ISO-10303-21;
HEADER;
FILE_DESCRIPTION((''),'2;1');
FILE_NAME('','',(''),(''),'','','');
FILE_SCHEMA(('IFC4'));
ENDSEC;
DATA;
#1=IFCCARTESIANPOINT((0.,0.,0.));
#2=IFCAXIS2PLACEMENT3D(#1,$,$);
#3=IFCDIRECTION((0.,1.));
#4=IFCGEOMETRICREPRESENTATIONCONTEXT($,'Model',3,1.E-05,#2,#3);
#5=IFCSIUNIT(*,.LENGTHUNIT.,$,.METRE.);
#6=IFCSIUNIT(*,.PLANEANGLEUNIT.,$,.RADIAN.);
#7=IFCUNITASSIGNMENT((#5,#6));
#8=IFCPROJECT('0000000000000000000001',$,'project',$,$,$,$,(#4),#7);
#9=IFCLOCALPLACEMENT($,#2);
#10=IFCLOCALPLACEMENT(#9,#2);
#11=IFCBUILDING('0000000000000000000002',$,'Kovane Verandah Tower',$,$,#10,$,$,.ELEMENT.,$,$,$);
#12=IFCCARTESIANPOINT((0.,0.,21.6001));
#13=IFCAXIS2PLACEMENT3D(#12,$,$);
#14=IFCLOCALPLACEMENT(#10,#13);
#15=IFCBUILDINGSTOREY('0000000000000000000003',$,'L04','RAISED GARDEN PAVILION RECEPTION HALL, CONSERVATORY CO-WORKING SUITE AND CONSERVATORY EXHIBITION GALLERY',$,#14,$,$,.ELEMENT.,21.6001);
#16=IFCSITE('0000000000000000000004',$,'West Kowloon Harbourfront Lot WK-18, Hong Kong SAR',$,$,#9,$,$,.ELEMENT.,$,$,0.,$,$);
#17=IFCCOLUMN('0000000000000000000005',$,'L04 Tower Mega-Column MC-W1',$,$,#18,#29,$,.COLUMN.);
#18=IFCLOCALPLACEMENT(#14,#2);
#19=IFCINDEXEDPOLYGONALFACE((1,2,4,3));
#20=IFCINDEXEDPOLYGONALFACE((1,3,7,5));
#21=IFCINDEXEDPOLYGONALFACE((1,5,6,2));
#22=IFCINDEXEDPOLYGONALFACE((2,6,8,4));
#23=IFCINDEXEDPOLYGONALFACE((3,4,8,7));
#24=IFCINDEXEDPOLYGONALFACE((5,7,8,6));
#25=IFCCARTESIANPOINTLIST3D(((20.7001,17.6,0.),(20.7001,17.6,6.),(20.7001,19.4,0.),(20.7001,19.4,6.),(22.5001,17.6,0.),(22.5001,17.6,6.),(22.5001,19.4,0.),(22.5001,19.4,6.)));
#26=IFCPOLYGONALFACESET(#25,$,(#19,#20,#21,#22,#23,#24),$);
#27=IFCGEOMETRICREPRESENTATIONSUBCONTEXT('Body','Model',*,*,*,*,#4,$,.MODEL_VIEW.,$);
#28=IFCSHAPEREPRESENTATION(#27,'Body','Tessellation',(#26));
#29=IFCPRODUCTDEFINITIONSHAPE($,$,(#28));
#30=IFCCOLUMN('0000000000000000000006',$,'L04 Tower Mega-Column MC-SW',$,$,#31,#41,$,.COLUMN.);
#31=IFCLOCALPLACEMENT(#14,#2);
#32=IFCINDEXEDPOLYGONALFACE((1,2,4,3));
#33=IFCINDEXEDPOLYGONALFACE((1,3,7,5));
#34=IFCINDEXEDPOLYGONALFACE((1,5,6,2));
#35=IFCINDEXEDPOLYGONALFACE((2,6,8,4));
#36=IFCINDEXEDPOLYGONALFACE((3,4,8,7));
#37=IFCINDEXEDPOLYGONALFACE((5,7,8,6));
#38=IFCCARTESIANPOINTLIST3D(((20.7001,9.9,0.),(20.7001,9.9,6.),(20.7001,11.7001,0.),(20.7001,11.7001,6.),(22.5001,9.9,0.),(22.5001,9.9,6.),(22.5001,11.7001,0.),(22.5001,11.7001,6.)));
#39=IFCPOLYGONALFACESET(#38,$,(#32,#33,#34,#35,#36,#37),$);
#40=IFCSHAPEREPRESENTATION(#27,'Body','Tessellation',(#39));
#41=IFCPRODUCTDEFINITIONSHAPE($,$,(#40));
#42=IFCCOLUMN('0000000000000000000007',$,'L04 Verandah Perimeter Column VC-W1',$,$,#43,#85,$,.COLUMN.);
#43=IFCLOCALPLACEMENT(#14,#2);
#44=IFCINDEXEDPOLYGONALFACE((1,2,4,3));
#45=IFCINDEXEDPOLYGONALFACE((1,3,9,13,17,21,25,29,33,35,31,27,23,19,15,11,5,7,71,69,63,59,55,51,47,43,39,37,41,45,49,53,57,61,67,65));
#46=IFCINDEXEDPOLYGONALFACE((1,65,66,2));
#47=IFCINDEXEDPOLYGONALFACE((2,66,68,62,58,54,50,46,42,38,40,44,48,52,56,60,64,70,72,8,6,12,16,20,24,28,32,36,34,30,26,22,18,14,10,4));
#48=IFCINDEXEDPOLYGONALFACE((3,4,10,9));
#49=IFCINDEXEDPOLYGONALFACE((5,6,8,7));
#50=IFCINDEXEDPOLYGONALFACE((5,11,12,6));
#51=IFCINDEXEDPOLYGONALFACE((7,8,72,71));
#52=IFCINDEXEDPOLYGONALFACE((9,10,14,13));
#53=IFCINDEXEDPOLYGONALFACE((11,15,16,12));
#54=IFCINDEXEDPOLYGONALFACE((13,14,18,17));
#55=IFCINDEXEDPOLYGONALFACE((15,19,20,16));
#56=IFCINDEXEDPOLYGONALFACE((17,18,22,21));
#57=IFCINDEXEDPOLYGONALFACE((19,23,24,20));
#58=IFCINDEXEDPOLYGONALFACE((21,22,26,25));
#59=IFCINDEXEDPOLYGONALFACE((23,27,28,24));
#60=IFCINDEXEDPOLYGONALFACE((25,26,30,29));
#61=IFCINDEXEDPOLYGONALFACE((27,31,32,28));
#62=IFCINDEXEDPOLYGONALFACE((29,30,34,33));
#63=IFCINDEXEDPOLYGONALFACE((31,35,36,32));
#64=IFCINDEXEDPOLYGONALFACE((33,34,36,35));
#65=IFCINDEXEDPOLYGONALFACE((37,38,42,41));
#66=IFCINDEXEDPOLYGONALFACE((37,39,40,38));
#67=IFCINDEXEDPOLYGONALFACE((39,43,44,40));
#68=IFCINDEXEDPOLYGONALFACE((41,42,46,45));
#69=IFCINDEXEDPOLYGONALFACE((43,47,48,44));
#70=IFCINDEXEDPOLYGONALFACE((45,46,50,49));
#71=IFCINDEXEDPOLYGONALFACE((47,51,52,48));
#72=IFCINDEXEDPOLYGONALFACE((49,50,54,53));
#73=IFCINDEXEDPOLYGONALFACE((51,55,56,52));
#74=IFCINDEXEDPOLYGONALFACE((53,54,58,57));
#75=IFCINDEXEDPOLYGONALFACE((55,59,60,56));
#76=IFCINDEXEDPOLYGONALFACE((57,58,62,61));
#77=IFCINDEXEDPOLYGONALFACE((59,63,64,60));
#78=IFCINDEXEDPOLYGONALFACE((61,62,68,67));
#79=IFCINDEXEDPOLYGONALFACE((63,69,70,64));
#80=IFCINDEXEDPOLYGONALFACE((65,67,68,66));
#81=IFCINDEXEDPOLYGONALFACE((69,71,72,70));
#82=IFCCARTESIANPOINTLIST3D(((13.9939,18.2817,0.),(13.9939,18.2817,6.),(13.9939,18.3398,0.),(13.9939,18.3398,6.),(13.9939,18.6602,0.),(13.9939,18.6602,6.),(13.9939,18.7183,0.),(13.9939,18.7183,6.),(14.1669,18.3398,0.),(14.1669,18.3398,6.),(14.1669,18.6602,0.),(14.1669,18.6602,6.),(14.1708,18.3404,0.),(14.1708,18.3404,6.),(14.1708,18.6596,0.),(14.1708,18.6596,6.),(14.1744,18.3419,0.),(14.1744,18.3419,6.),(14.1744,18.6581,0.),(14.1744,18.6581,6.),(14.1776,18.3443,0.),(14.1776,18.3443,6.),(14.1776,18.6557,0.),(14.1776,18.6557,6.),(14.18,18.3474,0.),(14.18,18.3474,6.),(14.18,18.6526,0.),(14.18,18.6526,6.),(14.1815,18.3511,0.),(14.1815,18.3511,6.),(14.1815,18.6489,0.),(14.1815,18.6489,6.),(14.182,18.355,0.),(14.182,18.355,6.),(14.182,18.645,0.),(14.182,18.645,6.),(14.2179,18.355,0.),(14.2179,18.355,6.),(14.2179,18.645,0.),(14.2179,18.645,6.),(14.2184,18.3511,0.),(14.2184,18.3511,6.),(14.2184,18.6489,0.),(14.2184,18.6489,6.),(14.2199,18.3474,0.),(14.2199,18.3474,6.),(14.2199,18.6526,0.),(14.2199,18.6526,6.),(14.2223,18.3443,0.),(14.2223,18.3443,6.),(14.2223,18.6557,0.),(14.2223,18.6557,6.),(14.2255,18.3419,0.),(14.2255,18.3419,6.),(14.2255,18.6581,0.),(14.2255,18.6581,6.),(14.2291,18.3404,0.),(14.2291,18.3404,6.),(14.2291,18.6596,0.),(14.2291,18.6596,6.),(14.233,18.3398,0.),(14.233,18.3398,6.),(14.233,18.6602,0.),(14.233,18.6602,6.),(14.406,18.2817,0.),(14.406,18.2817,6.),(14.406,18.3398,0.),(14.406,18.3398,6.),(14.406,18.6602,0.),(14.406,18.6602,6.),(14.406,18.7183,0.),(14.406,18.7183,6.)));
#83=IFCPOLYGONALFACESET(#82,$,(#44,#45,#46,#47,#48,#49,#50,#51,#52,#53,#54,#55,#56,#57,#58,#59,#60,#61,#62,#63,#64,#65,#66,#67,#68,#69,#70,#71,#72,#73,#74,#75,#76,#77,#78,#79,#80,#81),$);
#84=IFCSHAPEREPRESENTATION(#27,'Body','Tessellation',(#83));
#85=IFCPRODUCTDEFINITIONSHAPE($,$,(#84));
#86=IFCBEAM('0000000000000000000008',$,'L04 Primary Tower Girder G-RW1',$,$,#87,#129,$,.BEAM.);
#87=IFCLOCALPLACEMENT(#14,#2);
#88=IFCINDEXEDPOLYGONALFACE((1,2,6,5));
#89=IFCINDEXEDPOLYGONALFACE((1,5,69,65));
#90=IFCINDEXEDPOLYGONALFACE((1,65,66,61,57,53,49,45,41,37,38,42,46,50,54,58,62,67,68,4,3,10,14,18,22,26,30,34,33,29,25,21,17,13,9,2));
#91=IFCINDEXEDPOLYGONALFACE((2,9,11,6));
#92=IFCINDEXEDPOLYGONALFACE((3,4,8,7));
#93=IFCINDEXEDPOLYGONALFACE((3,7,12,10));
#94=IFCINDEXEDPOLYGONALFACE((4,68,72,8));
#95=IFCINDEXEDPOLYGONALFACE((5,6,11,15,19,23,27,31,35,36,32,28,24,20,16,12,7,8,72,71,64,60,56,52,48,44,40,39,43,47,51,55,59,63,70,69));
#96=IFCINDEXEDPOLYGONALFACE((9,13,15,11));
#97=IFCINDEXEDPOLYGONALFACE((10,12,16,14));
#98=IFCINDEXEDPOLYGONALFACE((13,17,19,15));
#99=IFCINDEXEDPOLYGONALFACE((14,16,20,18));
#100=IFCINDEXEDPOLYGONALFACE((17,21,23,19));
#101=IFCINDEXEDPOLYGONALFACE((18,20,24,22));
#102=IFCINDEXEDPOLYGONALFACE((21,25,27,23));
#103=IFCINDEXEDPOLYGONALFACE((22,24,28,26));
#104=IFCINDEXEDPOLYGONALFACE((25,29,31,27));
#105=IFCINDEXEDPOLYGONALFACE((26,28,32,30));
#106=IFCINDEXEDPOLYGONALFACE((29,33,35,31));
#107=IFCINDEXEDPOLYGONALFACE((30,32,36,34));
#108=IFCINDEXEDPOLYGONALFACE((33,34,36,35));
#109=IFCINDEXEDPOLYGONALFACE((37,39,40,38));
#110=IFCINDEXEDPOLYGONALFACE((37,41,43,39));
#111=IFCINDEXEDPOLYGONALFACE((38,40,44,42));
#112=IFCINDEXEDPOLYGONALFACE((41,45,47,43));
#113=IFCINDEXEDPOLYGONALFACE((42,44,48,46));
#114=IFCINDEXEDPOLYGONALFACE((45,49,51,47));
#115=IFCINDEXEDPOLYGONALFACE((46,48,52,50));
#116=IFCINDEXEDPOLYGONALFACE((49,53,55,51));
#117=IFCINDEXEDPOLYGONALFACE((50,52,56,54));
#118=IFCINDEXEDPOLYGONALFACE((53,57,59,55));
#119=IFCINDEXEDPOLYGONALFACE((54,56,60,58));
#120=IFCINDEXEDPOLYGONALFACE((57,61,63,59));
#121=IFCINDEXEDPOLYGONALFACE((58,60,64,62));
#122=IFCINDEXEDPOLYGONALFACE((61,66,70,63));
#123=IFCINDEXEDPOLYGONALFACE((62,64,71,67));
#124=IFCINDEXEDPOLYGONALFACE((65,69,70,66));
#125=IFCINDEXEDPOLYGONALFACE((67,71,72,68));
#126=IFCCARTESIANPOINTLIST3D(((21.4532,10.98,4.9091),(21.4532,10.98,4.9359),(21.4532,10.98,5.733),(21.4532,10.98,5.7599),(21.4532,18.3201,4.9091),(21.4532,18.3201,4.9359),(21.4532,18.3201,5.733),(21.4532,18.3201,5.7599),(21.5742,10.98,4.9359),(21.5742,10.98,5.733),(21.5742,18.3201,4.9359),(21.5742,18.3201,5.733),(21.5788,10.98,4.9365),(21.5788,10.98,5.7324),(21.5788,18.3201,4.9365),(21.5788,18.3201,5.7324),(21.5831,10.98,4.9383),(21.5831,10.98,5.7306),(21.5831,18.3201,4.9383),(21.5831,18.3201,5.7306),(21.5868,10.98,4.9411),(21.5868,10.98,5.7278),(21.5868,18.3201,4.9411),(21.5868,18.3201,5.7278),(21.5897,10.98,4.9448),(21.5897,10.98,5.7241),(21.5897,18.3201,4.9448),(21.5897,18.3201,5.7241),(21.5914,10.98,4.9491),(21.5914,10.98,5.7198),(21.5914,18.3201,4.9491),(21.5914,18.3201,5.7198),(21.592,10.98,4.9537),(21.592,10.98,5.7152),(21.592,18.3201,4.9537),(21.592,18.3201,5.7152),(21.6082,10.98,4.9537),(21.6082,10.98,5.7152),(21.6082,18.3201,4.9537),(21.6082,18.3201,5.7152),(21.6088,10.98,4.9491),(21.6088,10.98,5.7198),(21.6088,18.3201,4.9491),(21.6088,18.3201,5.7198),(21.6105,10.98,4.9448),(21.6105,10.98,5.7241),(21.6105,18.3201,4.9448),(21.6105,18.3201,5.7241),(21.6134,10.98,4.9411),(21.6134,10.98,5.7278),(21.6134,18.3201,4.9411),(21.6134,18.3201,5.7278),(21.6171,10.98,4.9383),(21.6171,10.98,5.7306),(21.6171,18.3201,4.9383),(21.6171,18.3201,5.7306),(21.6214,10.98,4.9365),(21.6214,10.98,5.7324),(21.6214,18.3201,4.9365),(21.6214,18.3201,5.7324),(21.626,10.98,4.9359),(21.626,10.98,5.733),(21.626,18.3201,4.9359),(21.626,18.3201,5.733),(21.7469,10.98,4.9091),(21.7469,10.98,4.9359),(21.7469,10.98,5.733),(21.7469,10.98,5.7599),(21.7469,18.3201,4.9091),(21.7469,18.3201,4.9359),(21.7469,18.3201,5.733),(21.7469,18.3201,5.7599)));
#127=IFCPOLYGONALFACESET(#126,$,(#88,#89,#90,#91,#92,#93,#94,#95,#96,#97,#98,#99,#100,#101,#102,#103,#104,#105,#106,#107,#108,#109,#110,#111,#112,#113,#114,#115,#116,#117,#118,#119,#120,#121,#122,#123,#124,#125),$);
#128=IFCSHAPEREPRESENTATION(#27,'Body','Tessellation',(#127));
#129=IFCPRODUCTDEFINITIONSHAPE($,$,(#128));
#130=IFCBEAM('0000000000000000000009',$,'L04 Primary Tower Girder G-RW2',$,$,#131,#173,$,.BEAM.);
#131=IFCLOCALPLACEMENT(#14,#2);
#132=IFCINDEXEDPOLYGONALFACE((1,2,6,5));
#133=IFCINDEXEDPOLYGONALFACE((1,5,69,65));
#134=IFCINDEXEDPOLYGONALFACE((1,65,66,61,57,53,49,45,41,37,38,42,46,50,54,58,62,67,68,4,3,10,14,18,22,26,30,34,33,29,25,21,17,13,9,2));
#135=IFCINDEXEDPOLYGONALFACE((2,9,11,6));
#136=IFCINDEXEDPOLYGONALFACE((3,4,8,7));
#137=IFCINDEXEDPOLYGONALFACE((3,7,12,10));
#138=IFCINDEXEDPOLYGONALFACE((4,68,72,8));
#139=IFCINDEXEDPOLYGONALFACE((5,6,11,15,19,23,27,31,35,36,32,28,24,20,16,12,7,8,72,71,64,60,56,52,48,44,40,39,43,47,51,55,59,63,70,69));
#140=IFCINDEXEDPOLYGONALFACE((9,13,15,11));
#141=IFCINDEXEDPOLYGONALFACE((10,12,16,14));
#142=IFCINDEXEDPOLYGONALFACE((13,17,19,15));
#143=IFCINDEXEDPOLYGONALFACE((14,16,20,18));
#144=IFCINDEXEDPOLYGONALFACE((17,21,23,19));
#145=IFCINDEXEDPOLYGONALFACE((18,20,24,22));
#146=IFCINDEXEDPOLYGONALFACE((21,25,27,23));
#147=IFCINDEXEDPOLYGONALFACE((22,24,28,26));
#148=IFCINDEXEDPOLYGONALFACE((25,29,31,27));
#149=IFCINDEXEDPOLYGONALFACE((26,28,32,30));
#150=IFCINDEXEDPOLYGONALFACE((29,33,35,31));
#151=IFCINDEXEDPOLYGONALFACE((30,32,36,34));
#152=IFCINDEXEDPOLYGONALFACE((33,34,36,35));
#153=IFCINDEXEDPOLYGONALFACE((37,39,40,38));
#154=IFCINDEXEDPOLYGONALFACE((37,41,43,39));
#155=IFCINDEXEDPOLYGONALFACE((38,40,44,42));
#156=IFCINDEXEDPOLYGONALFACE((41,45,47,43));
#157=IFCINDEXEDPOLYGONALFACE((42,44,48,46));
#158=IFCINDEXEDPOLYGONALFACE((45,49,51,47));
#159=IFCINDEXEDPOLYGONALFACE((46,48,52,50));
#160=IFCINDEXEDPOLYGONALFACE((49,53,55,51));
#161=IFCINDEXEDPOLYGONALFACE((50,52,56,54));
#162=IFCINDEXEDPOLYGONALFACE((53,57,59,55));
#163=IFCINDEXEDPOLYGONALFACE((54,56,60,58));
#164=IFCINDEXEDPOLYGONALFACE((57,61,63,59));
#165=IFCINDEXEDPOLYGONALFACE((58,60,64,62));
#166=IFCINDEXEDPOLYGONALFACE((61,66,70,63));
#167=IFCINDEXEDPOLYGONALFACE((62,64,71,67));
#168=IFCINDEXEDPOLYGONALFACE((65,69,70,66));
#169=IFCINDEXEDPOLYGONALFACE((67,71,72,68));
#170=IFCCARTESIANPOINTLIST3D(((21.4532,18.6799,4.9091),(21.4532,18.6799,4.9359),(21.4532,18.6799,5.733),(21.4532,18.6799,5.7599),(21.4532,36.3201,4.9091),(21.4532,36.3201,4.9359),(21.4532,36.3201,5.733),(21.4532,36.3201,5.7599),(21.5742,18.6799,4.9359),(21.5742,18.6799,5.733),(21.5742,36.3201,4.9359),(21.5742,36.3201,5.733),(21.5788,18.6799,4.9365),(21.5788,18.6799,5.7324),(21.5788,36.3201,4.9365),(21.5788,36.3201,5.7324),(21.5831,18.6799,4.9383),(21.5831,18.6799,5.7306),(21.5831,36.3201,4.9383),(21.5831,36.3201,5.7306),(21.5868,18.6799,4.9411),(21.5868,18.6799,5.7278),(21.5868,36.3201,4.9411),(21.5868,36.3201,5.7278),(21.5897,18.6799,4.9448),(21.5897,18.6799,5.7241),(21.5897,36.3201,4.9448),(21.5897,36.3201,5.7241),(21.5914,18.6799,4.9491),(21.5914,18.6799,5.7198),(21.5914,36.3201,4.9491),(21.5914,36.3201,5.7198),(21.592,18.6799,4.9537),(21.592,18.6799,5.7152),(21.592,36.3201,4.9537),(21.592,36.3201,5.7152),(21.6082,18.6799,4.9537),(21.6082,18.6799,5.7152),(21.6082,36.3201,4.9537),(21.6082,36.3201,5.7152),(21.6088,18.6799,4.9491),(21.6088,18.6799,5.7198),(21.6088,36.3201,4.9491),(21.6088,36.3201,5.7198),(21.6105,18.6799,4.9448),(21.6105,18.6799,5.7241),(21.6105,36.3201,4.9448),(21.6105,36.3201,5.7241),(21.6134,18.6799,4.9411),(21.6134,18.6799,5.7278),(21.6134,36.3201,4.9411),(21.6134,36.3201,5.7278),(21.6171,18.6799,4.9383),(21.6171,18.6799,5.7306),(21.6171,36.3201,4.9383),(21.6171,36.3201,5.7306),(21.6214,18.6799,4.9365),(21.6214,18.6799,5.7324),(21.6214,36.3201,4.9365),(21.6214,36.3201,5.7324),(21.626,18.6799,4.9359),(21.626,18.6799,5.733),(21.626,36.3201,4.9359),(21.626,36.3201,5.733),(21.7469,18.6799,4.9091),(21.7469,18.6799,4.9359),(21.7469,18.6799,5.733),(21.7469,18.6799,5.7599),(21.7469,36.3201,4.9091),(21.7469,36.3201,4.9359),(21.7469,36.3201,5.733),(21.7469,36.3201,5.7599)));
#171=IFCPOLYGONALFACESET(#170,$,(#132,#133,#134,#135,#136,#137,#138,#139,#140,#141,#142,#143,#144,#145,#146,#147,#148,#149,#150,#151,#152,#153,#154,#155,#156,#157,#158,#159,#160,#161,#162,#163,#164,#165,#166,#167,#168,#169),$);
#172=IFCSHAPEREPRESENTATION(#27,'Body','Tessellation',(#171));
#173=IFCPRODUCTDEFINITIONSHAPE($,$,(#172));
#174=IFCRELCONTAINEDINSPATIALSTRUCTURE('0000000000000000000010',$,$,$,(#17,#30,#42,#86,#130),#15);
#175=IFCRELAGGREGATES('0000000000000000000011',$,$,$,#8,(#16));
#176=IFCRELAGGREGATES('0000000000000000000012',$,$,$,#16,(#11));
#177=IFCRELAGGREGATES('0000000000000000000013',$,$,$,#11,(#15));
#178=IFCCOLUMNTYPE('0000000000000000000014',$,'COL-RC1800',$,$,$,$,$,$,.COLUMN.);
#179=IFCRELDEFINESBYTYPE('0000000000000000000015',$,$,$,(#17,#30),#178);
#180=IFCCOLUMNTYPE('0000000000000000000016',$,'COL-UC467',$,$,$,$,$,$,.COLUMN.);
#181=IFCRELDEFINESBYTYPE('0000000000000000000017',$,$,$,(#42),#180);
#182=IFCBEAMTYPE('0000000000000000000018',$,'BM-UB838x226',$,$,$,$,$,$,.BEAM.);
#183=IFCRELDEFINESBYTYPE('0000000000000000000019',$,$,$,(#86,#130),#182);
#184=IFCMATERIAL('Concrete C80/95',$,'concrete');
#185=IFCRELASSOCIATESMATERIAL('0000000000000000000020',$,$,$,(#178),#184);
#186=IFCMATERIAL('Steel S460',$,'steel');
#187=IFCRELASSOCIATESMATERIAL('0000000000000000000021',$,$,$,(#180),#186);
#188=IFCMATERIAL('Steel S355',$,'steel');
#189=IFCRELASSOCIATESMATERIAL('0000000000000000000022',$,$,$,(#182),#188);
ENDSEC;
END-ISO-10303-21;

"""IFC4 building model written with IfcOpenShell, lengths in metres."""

from ifc_helpers import new_model, si_unit, direction, frame, origin, origin_2d, place, context, subcontext, project, spatial, rectangle, i_section, extrude, material, material_profile, profile_set, type_object, element, save


model = new_model("IFC4")

# Units and contexts
model_context = context("Model", 3, precision=1e-05, world=origin(), true_north=direction((0.0, 1.0)))
body_context = subcontext(model_context, "Body", "Model", "MODEL_VIEW")
ifc_project = project(units=[si_unit("LENGTHUNIT", "METRE"), si_unit("PLANEANGLEUNIT", "RADIAN")], contexts=[model_context])

# Site, building, storey
site_placement = place(None, origin())
site = spatial("IfcSite", under=ifc_project, at=site_placement, Name="West Kowloon Harbourfront Lot WK-18, Hong Kong SAR", CompositionType="ELEMENT", RefElevation=0.0)
building_placement = place(site_placement, origin())
building = spatial("IfcBuilding", under=site, at=building_placement, Name="Kovane Verandah Tower", CompositionType="ELEMENT")
storey_placement = place(building_placement, frame((0.0, 0.0, 21.6001)))
storey = spatial("IfcBuildingStorey", under=building, at=storey_placement, Name="L04", Description="RAISED GARDEN PAVILION RECEPTION HALL, CONSERVATORY CO-WORKING SUITE AND CONSERVATORY EXHIBITION GALLERY", CompositionType="ELEMENT", Elevation=21.6001)

# Columns
ifc_material_1 = material(Name="Concrete C80/95", Category="concrete")
ifc_material_profile_1 = material_profile(ifc_material_1, rectangle(XDim=1.8, YDim=1.8, at=origin_2d()), Name="RC1800x1800")
ifc_profile_set_1 = profile_set([ifc_material_profile_1], Name="Concrete C80/95")
column_type_1 = type_object("IfcColumnType", Name="COL-RC1800", PredefinedType="COLUMN", material=ifc_profile_set_1)
for number, where, z_axis, x_axis, name in (
    (1, (21.6001, 18.5, 0.0), (0.0, 0.0, 1.0), (1.0, 0.0, 0.0), "L04 Tower Mega-Column MC-W1"),
    (2, (21.6001, 10.8, 0.0), (0.0, 0.0, 1.0), (1.0, 0.0, 0.0), "L04 Tower Mega-Column MC-SW"),
):
    element("IfcColumn", number, at=place(storey_placement, frame(where, z_axis=z_axis, x_axis=x_axis)), inside=storey, type_object=column_type_1, Name=name, PredefinedType="COLUMN", context=body_context, shape_type="SweptSolid", body=[
        extrude(rectangle(XDim=1.8, YDim=1.8, at=origin_2d()), origin(), (0.0, 0.0, 1.0), 6.0),
    ])
ifc_material_2 = material(Name="Steel S460", Category="steel")
ifc_material_profile_2 = material_profile(ifc_material_2, i_section(OverallWidth=0.4121, OverallDepth=0.4365, WebThickness=0.0359, FlangeThickness=0.0581, FilletRadius=0.0151, at=origin_2d()), Name="UC356x406x467")
ifc_profile_set_2 = profile_set([ifc_material_profile_2], Name="Steel S460")
column_type_2 = type_object("IfcColumnType", Name="COL-UC467", PredefinedType="COLUMN", material=ifc_profile_set_2)
column_placement = place(storey_placement, frame((14.2, 18.5, 0.0), z_axis=(0.0, 0.0, 1.0), x_axis=(1.0, 0.0, 0.0)))
element("IfcColumn", 3, at=column_placement, inside=storey, type_object=column_type_2, Name="L04 Verandah Perimeter Column VC-W1", PredefinedType="COLUMN", context=body_context, shape_type="SweptSolid", body=[
    extrude(i_section(OverallWidth=0.4121, OverallDepth=0.4365, WebThickness=0.0359, FlangeThickness=0.0581, FilletRadius=0.0151, at=origin_2d()), origin(), (0.0, 0.0, 1.0), 6.0),
])

# Beams
ifc_material_3 = material(Name="Steel S355", Category="steel")
ifc_material_profile_3 = material_profile(ifc_material_3, i_section(OverallWidth=0.2937, OverallDepth=0.8508, WebThickness=0.0161, FlangeThickness=0.0269, FilletRadius=0.0178, at=origin_2d()), Name="UB838x292x226")
ifc_profile_set_3 = profile_set([ifc_material_profile_3], Name="Steel S355")
beam_type_1 = type_object("IfcBeamType", Name="BM-UB838x226", PredefinedType="BEAM", material=ifc_profile_set_3)
beam_1_placement = place(storey_placement, frame((21.6001, 10.98, 5.3345), z_axis=(0.0, 1.0, 0.0), x_axis=(-1.0, 0.0, 0.0)))
element("IfcBeam", 4, at=beam_1_placement, inside=storey, type_object=beam_type_1, Name="L04 Primary Tower Girder G-RW1", PredefinedType="BEAM", context=body_context, shape_type="SweptSolid", body=[
    extrude(i_section(OverallWidth=0.2937, OverallDepth=0.8508, WebThickness=0.0161, FlangeThickness=0.0269, FilletRadius=0.0178, at=origin_2d()), origin(), (0.0, 0.0, 1.0), 7.3401),
])
beam_2_placement = place(storey_placement, frame((21.6001, 18.6799, 5.3345), z_axis=(0.0, 1.0, 0.0), x_axis=(-1.0, 0.0, 0.0)))
element("IfcBeam", 5, at=beam_2_placement, inside=storey, type_object=beam_type_1, Name="L04 Primary Tower Girder G-RW2", PredefinedType="BEAM", context=body_context, shape_type="SweptSolid", body=[
    extrude(i_section(OverallWidth=0.2937, OverallDepth=0.8508, WebThickness=0.0161, FlangeThickness=0.0269, FilletRadius=0.0178, at=origin_2d()), origin(), (0.0, 0.0, 1.0), 17.6401),
])

save(model, "model.ifc")
